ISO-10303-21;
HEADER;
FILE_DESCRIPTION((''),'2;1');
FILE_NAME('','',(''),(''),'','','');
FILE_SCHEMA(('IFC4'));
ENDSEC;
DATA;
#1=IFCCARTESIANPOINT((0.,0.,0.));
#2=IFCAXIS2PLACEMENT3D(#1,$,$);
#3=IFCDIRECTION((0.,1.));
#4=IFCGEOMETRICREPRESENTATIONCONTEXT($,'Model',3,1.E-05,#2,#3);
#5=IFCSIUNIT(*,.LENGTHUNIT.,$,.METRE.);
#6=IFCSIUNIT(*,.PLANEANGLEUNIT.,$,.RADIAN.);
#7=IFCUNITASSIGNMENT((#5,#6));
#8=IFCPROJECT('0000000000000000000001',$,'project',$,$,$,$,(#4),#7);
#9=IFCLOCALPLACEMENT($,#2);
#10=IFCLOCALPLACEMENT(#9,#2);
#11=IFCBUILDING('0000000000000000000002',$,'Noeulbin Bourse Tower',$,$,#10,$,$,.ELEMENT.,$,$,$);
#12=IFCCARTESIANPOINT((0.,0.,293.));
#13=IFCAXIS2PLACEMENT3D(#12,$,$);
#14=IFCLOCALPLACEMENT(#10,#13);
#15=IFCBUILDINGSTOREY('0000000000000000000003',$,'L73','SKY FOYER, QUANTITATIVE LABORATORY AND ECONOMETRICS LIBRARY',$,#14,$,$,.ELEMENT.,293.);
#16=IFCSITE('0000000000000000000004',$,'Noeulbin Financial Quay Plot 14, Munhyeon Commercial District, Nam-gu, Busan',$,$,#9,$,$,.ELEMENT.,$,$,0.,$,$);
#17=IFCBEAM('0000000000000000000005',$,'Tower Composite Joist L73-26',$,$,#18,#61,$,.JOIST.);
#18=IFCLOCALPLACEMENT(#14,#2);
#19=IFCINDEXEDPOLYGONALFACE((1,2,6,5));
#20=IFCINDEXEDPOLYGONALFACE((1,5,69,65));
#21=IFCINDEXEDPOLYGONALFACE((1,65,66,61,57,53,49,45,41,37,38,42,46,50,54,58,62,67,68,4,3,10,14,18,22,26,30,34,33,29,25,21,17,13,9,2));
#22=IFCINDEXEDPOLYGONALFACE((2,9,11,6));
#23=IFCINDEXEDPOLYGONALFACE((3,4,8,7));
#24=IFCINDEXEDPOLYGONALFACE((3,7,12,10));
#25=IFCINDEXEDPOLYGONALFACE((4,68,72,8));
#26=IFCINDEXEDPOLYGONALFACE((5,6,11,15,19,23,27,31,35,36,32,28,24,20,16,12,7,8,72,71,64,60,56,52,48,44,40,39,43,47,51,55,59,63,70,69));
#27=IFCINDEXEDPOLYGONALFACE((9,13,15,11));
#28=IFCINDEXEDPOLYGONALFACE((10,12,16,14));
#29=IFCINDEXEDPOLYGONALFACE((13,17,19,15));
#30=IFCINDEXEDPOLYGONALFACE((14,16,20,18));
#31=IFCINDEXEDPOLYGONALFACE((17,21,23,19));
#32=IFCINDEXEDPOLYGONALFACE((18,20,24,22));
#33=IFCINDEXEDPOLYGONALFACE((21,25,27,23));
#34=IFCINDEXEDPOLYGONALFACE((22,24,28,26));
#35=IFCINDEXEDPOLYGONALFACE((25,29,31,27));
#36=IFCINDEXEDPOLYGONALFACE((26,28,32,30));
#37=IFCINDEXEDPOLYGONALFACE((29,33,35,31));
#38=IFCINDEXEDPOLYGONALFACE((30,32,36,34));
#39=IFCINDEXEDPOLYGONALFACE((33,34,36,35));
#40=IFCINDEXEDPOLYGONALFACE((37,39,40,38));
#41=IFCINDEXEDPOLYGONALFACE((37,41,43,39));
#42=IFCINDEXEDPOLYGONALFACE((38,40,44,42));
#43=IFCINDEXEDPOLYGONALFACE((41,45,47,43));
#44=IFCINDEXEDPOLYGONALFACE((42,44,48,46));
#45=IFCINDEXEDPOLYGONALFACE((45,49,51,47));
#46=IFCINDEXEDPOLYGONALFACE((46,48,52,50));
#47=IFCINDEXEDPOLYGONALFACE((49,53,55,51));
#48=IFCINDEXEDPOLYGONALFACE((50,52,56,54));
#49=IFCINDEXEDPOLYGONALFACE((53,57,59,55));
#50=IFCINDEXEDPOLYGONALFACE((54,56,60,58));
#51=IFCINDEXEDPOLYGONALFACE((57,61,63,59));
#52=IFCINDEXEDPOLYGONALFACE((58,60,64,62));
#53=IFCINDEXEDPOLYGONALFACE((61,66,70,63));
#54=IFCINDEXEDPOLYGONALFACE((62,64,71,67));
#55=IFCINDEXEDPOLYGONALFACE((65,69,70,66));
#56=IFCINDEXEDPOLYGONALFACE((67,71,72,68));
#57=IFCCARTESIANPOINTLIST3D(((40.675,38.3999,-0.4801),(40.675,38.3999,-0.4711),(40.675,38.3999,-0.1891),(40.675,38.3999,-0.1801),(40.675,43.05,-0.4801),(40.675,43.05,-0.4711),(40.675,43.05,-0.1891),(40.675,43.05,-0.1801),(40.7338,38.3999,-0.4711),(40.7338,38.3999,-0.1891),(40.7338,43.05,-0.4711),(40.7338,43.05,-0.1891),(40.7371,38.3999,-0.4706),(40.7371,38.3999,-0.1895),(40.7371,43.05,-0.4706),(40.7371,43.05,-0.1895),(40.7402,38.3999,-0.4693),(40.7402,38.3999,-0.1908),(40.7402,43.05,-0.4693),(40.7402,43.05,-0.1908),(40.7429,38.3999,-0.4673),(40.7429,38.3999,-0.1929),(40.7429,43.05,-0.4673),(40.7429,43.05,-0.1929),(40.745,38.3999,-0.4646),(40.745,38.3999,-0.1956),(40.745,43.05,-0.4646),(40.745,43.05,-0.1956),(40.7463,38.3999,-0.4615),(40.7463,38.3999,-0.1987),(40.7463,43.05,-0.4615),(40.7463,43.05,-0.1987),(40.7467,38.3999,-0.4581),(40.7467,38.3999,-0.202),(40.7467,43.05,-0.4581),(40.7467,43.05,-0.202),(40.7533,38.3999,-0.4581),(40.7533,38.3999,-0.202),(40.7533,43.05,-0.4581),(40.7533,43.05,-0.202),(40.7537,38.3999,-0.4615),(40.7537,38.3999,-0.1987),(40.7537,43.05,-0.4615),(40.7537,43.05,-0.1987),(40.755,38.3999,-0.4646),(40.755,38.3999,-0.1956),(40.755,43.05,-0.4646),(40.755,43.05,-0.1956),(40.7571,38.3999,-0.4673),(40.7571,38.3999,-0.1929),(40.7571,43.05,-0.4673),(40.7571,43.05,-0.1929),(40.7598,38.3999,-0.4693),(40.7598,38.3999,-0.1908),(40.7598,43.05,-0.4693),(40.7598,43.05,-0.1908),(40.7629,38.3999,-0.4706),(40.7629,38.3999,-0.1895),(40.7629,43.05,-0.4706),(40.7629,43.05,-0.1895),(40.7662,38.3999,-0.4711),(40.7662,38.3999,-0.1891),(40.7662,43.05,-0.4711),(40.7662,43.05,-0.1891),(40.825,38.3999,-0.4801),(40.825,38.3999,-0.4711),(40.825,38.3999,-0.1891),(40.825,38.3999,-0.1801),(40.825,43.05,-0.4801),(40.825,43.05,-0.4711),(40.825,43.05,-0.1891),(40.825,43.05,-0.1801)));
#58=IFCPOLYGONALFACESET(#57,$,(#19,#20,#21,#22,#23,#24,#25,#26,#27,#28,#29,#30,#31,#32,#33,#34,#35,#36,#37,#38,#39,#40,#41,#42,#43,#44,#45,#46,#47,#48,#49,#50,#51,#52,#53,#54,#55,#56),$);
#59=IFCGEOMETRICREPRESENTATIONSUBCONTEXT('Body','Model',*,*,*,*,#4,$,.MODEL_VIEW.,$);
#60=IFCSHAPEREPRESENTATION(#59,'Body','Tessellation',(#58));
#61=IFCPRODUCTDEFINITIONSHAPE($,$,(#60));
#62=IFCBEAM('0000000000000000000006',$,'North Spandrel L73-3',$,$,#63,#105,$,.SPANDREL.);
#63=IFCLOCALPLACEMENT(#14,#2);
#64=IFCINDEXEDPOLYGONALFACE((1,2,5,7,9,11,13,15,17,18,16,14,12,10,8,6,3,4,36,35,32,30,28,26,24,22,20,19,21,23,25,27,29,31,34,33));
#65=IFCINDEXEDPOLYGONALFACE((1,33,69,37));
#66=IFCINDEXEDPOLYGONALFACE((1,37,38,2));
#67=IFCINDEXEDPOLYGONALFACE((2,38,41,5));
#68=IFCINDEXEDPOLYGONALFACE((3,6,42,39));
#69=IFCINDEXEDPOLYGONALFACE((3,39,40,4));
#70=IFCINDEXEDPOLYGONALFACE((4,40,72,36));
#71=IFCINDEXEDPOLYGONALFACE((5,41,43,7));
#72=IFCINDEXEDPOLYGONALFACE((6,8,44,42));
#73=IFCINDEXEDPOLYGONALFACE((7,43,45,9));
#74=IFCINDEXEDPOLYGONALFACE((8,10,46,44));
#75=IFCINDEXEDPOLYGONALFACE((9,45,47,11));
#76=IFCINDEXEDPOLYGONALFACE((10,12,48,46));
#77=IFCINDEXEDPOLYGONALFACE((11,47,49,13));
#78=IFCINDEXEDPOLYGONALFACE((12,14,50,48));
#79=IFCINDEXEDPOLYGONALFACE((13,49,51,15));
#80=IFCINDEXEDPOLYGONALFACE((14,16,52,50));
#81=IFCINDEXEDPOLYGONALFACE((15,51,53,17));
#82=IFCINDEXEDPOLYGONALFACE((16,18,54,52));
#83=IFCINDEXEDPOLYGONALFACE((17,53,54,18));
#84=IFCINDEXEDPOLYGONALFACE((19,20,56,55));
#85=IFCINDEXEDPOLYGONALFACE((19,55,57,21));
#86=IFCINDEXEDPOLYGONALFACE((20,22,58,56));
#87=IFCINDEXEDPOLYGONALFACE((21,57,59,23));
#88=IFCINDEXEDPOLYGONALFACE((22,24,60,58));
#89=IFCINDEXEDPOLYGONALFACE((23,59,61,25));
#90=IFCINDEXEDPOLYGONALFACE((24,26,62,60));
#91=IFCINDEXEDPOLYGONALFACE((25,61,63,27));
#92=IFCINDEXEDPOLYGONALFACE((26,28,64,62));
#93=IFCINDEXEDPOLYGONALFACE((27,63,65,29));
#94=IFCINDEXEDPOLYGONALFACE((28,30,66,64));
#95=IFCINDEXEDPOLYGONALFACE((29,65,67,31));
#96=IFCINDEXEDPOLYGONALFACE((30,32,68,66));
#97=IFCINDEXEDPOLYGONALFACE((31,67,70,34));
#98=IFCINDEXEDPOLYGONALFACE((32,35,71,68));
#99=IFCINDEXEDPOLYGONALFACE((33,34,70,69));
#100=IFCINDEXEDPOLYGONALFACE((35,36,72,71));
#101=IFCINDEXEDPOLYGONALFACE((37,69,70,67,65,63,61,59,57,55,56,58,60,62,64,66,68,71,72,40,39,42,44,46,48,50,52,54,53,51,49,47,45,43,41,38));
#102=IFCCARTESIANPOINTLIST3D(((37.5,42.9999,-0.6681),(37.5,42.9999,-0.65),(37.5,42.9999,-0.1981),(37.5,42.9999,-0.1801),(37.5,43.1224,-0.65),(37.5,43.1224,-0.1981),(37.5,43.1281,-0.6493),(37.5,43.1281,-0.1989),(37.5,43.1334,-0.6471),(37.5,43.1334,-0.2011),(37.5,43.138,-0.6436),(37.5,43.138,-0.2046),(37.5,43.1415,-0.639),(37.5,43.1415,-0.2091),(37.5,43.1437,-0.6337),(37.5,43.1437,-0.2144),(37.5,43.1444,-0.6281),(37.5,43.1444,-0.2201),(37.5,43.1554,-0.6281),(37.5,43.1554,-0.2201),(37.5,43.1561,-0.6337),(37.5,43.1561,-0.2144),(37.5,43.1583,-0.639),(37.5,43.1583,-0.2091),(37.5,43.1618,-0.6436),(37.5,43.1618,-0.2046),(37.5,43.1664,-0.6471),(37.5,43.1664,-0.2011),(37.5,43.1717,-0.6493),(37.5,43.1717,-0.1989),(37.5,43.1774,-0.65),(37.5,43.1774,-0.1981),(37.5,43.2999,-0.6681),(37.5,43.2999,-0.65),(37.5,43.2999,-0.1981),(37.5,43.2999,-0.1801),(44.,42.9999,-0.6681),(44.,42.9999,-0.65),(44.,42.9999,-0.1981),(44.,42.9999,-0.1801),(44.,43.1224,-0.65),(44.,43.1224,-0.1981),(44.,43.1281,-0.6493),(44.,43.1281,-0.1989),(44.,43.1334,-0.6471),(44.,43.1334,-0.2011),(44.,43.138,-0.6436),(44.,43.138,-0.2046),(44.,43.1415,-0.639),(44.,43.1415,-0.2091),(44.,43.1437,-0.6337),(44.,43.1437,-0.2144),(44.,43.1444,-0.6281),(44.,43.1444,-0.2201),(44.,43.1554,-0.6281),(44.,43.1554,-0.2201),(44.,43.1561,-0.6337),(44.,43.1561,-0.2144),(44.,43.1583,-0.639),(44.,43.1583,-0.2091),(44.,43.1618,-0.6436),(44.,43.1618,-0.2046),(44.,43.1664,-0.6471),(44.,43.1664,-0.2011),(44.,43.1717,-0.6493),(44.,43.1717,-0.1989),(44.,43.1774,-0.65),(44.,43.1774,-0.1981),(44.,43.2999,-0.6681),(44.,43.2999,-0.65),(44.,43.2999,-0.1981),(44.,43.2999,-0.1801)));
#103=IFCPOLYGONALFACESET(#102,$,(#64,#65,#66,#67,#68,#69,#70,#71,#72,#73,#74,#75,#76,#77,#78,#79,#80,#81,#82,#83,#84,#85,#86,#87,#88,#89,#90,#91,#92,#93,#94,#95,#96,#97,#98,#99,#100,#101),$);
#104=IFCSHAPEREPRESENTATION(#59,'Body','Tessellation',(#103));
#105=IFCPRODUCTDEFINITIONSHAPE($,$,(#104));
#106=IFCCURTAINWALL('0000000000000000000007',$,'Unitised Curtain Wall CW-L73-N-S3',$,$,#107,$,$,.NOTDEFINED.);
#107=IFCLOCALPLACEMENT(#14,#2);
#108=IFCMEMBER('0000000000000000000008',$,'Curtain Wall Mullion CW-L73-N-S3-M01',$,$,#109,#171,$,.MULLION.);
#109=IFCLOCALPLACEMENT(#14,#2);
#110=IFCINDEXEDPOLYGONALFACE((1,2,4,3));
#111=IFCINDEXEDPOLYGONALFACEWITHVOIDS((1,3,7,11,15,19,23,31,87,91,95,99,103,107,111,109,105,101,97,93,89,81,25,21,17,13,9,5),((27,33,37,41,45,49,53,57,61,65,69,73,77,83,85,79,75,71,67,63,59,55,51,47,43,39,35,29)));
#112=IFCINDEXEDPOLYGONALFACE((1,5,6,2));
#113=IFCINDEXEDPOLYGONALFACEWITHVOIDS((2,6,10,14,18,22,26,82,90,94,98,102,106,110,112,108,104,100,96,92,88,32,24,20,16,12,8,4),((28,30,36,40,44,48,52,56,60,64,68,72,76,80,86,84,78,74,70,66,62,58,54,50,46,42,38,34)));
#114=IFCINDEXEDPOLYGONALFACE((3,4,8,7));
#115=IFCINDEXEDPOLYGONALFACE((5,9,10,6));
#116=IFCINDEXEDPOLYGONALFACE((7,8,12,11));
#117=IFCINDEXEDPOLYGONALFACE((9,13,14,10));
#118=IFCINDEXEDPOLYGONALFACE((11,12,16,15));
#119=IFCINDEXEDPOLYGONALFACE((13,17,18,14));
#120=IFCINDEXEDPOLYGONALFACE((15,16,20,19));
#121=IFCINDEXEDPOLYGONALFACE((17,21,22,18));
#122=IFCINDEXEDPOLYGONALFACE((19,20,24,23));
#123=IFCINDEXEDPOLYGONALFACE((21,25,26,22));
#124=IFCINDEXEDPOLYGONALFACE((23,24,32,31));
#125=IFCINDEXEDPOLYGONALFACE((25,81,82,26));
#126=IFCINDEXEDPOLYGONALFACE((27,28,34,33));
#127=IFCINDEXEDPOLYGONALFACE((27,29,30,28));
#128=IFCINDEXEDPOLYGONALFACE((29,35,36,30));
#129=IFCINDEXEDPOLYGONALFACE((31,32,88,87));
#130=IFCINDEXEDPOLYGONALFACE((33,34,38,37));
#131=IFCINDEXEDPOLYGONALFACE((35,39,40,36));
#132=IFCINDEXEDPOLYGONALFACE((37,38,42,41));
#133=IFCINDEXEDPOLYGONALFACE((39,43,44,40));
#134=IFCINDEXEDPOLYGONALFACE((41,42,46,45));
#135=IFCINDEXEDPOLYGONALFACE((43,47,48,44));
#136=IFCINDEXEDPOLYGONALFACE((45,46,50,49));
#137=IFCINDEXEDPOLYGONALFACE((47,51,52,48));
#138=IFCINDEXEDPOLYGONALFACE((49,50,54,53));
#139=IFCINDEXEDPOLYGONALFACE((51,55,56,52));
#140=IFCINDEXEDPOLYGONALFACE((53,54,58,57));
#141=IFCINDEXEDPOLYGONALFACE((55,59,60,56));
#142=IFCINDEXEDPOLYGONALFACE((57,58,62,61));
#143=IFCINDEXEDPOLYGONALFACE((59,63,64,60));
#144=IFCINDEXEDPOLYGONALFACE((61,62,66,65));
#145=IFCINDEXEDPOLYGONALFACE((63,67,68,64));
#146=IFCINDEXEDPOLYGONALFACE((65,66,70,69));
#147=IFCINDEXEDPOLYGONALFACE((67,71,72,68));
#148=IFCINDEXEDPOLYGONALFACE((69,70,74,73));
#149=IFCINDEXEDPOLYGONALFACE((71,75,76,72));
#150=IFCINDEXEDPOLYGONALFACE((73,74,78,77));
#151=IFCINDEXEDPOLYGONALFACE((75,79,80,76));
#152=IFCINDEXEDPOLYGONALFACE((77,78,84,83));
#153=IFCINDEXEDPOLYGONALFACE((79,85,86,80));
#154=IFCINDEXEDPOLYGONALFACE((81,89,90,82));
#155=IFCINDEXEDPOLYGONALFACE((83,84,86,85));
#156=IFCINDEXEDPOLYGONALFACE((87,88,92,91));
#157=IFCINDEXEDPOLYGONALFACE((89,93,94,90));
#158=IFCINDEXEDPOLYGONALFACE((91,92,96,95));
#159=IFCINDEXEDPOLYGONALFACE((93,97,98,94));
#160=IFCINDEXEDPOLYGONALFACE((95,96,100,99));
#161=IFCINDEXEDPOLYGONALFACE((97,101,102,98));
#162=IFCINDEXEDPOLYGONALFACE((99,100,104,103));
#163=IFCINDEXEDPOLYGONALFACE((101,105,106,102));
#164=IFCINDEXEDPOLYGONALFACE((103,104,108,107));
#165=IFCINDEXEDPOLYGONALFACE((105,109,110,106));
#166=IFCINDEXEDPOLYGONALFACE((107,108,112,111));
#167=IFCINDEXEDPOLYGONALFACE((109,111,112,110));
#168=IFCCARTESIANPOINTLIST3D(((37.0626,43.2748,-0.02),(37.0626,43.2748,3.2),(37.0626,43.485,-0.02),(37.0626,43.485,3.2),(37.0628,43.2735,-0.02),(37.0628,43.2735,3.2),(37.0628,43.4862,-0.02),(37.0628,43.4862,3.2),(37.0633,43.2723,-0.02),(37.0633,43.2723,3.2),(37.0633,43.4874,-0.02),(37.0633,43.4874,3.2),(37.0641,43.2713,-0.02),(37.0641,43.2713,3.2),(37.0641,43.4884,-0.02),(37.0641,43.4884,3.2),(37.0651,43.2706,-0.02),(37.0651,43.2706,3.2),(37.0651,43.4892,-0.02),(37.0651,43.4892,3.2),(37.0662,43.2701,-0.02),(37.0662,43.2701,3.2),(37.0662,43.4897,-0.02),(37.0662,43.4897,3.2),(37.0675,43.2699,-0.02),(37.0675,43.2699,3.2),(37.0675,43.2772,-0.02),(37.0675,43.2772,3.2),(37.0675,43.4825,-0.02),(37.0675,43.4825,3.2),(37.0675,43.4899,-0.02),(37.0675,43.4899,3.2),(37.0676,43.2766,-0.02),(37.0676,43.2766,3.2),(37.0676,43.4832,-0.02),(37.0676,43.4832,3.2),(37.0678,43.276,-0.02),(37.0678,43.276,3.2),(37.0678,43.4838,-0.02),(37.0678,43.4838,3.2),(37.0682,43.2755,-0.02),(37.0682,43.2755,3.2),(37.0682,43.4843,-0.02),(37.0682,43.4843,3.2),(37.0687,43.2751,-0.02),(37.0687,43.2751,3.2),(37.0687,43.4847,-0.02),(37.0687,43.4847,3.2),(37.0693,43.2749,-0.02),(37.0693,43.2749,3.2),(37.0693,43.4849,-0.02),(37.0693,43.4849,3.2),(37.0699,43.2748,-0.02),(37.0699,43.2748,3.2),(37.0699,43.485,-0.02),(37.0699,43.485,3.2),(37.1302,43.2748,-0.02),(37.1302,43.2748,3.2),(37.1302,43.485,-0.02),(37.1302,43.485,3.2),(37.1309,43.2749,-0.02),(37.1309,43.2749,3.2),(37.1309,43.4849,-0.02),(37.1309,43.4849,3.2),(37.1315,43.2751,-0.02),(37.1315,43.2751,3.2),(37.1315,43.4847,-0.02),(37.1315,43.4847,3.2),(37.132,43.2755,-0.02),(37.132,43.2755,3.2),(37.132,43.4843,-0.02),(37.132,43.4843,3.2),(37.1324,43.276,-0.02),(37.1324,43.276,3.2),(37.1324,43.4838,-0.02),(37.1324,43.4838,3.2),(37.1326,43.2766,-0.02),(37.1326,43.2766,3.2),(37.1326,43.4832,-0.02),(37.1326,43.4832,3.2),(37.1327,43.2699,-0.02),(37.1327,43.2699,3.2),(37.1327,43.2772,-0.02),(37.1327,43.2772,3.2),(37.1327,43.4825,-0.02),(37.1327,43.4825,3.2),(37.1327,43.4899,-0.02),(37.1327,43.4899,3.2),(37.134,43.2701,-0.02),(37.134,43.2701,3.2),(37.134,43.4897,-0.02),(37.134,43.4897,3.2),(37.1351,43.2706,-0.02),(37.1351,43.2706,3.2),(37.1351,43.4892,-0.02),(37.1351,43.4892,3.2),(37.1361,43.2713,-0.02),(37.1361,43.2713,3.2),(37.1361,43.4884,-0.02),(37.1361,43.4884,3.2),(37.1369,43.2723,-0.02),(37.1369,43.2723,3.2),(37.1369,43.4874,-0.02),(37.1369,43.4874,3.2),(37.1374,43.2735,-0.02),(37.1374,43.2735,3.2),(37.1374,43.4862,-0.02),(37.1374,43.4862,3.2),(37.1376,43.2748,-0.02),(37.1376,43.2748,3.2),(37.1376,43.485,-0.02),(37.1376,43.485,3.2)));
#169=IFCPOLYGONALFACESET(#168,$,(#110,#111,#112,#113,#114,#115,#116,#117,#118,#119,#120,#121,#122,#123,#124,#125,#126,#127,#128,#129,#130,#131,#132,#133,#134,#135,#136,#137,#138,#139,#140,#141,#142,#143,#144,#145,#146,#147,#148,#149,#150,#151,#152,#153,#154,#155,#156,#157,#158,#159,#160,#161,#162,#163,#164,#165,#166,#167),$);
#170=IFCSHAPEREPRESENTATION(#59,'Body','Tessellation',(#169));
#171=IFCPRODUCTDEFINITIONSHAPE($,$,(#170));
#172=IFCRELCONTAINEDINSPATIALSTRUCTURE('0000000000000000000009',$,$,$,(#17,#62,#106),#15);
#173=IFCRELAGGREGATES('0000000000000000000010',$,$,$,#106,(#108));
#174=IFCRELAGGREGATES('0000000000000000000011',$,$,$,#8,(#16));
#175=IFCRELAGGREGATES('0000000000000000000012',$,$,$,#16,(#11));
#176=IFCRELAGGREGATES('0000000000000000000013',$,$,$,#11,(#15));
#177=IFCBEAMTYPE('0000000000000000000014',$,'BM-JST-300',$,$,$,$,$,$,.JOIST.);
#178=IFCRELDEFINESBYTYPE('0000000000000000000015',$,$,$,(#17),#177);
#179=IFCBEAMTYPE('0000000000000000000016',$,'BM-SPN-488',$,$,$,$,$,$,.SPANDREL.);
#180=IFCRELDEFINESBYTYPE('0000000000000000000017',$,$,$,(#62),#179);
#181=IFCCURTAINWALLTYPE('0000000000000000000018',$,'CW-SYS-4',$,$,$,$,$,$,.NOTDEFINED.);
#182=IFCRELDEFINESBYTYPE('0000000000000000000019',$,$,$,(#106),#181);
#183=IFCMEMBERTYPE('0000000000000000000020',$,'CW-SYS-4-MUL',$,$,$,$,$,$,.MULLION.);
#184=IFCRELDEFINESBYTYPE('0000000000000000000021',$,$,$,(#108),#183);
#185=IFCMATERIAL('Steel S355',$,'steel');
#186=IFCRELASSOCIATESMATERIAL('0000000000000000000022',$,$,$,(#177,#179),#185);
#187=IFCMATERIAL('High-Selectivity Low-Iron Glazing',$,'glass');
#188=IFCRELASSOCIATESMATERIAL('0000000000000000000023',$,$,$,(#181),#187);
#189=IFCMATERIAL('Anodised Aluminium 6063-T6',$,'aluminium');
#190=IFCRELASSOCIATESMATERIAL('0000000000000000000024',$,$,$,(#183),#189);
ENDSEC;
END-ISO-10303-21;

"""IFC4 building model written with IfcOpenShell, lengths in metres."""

from ifc_helpers import new_model, si_unit, direction, frame, origin, origin_2d, place, context, subcontext, project, spatial, hollow_rectangle, i_section, extrude, material, material_profile, profile_set, type_object, element, aggregate, save


model = new_model("IFC4")

# Units and contexts
model_context = context("Model", 3, precision=1e-05, world=origin(), true_north=direction((0.0, 1.0)))
body_context = subcontext(model_context, "Body", "Model", "MODEL_VIEW")
ifc_project = project(units=[si_unit("LENGTHUNIT", "METRE"), si_unit("PLANEANGLEUNIT", "RADIAN")], contexts=[model_context])

# Site, building, storey
site_placement = place(None, origin())
site = spatial("IfcSite", under=ifc_project, at=site_placement, Name="Noeulbin Financial Quay Plot 14, Munhyeon Commercial District, Nam-gu, Busan", CompositionType="ELEMENT", RefElevation=0.0)
building_placement = place(site_placement, origin())
building = spatial("IfcBuilding", under=site, at=building_placement, Name="Noeulbin Bourse Tower", CompositionType="ELEMENT")
storey_placement = place(building_placement, frame((0.0, 0.0, 293.0)))
storey = spatial("IfcBuildingStorey", under=building, at=storey_placement, Name="L73", Description="SKY FOYER, QUANTITATIVE LABORATORY AND ECONOMETRICS LIBRARY", CompositionType="ELEMENT", Elevation=293.0)

# Shared definitions
ifc_material_1 = material(Name="Steel S355", Category="steel")

# Beams
ifc_material_profile_1 = material_profile(ifc_material_1, i_section(OverallWidth=0.1499, OverallDepth=0.3, WebThickness=0.0066, FlangeThickness=0.009, FilletRadius=0.0129, at=origin_2d()), Name="H-300x150x6.5x9", Category="LoadBearing")
ifc_profile_set_1 = profile_set([ifc_material_profile_1], Name="Steel S355")
beam_type_1 = type_object("IfcBeamType", Name="BM-JST-300", PredefinedType="JOIST", material=ifc_profile_set_1)
for number, where, z_axis, x_axis, name in (
    (1, (40.75, 38.3999, -0.3301), (0.0, 1.0, 0.0), (-1.0, 0.0, 0.0), "Tower Composite Joist L73-26"),
):
    element("IfcBeam", number, at=place(storey_placement, frame(where, z_axis=z_axis, x_axis=x_axis)), inside=storey, type_object=beam_type_1, Name=name, PredefinedType="JOIST", context=body_context, shape_type="SweptSolid", body=[
        extrude(i_section(OverallWidth=0.1499, OverallDepth=0.3, WebThickness=0.0066, FlangeThickness=0.009, FilletRadius=0.0129, at=origin_2d()), origin(), (0.0, 0.0, 1.0), 4.6501),
    ])
ifc_material_profile_2 = material_profile(ifc_material_1, i_section(OverallWidth=0.3, OverallDepth=0.488, WebThickness=0.011, FlangeThickness=0.0181, FilletRadius=0.022, at=origin_2d()), Name="H-488x300x11x18", Category="LoadBearing")
ifc_profile_set_2 = profile_set([ifc_material_profile_2], Name="Steel S355")
beam_type_2 = type_object("IfcBeamType", Name="BM-SPN-488", PredefinedType="SPANDREL", material=ifc_profile_set_2)
beam_placement = place(storey_placement, frame((37.5, 43.1499, -0.4241), z_axis=(1.0, 0.0, 0.0), x_axis=(0.0, 1.0, 0.0)))
element("IfcBeam", 2, at=beam_placement, inside=storey, type_object=beam_type_2, Name="North Spandrel L73-3", PredefinedType="SPANDREL", context=body_context, shape_type="SweptSolid", body=[
    extrude(i_section(OverallWidth=0.3, OverallDepth=0.488, WebThickness=0.011, FlangeThickness=0.0181, FilletRadius=0.022, at=origin_2d()), origin(), (0.0, 0.0, 1.0), 6.5),
])

# Curtain wall, member
ifc_material_2 = material(Name="High-Selectivity Low-Iron Glazing", Category="glass")
curtain_wall_type = type_object("IfcCurtainWallType", Name="CW-SYS-4", PredefinedType="NOTDEFINED", material=ifc_material_2)
curtain_wall_1_placement = place(storey_placement, origin())
curtain_wall_1 = element("IfcCurtainWall", 3, at=curtain_wall_1_placement, inside=storey, type_object=curtain_wall_type, Name="Unitised Curtain Wall CW-L73-N-S3", PredefinedType="NOTDEFINED")
ifc_material_3 = material(Name="Anodised Aluminium 6063-T6", Category="aluminium")
ifc_material_profile_3 = material_profile(ifc_material_3, hollow_rectangle(XDim=0.075, YDim=0.22, WallThickness=0.0049, InnerFilletRadius=0.0024, OuterFilletRadius=0.0049, at=origin_2d()), Name="ALU-MULL-75x220x5", Category="LoadBearing")
ifc_profile_set_3 = profile_set([ifc_material_profile_3], Name="Anodised Aluminium 6063-T6")
member_type_1 = type_object("IfcMemberType", Name="CW-SYS-4-MUL", PredefinedType="MULLION", material=ifc_profile_set_3)
member_1_placement = place(storey_placement, frame((37.1001, 43.3799, -0.02), z_axis=(0.0, 0.0, 1.0), x_axis=(1.0, 0.0, 0.0)))
member_1 = element("IfcMember", 4, at=member_1_placement, type_object=member_type_1, Name="Curtain Wall Mullion CW-L73-N-S3-M01", PredefinedType="MULLION", context=body_context, shape_type="SweptSolid", body=[
    extrude(hollow_rectangle(XDim=0.075, YDim=0.22, WallThickness=0.0049, InnerFilletRadius=0.0024, OuterFilletRadius=0.0049, at=origin_2d()), origin(), (0.0, 0.0, 1.0), 3.22),
])

aggregate(curtain_wall_1, [member_1])

save(model, "model.ifc")
